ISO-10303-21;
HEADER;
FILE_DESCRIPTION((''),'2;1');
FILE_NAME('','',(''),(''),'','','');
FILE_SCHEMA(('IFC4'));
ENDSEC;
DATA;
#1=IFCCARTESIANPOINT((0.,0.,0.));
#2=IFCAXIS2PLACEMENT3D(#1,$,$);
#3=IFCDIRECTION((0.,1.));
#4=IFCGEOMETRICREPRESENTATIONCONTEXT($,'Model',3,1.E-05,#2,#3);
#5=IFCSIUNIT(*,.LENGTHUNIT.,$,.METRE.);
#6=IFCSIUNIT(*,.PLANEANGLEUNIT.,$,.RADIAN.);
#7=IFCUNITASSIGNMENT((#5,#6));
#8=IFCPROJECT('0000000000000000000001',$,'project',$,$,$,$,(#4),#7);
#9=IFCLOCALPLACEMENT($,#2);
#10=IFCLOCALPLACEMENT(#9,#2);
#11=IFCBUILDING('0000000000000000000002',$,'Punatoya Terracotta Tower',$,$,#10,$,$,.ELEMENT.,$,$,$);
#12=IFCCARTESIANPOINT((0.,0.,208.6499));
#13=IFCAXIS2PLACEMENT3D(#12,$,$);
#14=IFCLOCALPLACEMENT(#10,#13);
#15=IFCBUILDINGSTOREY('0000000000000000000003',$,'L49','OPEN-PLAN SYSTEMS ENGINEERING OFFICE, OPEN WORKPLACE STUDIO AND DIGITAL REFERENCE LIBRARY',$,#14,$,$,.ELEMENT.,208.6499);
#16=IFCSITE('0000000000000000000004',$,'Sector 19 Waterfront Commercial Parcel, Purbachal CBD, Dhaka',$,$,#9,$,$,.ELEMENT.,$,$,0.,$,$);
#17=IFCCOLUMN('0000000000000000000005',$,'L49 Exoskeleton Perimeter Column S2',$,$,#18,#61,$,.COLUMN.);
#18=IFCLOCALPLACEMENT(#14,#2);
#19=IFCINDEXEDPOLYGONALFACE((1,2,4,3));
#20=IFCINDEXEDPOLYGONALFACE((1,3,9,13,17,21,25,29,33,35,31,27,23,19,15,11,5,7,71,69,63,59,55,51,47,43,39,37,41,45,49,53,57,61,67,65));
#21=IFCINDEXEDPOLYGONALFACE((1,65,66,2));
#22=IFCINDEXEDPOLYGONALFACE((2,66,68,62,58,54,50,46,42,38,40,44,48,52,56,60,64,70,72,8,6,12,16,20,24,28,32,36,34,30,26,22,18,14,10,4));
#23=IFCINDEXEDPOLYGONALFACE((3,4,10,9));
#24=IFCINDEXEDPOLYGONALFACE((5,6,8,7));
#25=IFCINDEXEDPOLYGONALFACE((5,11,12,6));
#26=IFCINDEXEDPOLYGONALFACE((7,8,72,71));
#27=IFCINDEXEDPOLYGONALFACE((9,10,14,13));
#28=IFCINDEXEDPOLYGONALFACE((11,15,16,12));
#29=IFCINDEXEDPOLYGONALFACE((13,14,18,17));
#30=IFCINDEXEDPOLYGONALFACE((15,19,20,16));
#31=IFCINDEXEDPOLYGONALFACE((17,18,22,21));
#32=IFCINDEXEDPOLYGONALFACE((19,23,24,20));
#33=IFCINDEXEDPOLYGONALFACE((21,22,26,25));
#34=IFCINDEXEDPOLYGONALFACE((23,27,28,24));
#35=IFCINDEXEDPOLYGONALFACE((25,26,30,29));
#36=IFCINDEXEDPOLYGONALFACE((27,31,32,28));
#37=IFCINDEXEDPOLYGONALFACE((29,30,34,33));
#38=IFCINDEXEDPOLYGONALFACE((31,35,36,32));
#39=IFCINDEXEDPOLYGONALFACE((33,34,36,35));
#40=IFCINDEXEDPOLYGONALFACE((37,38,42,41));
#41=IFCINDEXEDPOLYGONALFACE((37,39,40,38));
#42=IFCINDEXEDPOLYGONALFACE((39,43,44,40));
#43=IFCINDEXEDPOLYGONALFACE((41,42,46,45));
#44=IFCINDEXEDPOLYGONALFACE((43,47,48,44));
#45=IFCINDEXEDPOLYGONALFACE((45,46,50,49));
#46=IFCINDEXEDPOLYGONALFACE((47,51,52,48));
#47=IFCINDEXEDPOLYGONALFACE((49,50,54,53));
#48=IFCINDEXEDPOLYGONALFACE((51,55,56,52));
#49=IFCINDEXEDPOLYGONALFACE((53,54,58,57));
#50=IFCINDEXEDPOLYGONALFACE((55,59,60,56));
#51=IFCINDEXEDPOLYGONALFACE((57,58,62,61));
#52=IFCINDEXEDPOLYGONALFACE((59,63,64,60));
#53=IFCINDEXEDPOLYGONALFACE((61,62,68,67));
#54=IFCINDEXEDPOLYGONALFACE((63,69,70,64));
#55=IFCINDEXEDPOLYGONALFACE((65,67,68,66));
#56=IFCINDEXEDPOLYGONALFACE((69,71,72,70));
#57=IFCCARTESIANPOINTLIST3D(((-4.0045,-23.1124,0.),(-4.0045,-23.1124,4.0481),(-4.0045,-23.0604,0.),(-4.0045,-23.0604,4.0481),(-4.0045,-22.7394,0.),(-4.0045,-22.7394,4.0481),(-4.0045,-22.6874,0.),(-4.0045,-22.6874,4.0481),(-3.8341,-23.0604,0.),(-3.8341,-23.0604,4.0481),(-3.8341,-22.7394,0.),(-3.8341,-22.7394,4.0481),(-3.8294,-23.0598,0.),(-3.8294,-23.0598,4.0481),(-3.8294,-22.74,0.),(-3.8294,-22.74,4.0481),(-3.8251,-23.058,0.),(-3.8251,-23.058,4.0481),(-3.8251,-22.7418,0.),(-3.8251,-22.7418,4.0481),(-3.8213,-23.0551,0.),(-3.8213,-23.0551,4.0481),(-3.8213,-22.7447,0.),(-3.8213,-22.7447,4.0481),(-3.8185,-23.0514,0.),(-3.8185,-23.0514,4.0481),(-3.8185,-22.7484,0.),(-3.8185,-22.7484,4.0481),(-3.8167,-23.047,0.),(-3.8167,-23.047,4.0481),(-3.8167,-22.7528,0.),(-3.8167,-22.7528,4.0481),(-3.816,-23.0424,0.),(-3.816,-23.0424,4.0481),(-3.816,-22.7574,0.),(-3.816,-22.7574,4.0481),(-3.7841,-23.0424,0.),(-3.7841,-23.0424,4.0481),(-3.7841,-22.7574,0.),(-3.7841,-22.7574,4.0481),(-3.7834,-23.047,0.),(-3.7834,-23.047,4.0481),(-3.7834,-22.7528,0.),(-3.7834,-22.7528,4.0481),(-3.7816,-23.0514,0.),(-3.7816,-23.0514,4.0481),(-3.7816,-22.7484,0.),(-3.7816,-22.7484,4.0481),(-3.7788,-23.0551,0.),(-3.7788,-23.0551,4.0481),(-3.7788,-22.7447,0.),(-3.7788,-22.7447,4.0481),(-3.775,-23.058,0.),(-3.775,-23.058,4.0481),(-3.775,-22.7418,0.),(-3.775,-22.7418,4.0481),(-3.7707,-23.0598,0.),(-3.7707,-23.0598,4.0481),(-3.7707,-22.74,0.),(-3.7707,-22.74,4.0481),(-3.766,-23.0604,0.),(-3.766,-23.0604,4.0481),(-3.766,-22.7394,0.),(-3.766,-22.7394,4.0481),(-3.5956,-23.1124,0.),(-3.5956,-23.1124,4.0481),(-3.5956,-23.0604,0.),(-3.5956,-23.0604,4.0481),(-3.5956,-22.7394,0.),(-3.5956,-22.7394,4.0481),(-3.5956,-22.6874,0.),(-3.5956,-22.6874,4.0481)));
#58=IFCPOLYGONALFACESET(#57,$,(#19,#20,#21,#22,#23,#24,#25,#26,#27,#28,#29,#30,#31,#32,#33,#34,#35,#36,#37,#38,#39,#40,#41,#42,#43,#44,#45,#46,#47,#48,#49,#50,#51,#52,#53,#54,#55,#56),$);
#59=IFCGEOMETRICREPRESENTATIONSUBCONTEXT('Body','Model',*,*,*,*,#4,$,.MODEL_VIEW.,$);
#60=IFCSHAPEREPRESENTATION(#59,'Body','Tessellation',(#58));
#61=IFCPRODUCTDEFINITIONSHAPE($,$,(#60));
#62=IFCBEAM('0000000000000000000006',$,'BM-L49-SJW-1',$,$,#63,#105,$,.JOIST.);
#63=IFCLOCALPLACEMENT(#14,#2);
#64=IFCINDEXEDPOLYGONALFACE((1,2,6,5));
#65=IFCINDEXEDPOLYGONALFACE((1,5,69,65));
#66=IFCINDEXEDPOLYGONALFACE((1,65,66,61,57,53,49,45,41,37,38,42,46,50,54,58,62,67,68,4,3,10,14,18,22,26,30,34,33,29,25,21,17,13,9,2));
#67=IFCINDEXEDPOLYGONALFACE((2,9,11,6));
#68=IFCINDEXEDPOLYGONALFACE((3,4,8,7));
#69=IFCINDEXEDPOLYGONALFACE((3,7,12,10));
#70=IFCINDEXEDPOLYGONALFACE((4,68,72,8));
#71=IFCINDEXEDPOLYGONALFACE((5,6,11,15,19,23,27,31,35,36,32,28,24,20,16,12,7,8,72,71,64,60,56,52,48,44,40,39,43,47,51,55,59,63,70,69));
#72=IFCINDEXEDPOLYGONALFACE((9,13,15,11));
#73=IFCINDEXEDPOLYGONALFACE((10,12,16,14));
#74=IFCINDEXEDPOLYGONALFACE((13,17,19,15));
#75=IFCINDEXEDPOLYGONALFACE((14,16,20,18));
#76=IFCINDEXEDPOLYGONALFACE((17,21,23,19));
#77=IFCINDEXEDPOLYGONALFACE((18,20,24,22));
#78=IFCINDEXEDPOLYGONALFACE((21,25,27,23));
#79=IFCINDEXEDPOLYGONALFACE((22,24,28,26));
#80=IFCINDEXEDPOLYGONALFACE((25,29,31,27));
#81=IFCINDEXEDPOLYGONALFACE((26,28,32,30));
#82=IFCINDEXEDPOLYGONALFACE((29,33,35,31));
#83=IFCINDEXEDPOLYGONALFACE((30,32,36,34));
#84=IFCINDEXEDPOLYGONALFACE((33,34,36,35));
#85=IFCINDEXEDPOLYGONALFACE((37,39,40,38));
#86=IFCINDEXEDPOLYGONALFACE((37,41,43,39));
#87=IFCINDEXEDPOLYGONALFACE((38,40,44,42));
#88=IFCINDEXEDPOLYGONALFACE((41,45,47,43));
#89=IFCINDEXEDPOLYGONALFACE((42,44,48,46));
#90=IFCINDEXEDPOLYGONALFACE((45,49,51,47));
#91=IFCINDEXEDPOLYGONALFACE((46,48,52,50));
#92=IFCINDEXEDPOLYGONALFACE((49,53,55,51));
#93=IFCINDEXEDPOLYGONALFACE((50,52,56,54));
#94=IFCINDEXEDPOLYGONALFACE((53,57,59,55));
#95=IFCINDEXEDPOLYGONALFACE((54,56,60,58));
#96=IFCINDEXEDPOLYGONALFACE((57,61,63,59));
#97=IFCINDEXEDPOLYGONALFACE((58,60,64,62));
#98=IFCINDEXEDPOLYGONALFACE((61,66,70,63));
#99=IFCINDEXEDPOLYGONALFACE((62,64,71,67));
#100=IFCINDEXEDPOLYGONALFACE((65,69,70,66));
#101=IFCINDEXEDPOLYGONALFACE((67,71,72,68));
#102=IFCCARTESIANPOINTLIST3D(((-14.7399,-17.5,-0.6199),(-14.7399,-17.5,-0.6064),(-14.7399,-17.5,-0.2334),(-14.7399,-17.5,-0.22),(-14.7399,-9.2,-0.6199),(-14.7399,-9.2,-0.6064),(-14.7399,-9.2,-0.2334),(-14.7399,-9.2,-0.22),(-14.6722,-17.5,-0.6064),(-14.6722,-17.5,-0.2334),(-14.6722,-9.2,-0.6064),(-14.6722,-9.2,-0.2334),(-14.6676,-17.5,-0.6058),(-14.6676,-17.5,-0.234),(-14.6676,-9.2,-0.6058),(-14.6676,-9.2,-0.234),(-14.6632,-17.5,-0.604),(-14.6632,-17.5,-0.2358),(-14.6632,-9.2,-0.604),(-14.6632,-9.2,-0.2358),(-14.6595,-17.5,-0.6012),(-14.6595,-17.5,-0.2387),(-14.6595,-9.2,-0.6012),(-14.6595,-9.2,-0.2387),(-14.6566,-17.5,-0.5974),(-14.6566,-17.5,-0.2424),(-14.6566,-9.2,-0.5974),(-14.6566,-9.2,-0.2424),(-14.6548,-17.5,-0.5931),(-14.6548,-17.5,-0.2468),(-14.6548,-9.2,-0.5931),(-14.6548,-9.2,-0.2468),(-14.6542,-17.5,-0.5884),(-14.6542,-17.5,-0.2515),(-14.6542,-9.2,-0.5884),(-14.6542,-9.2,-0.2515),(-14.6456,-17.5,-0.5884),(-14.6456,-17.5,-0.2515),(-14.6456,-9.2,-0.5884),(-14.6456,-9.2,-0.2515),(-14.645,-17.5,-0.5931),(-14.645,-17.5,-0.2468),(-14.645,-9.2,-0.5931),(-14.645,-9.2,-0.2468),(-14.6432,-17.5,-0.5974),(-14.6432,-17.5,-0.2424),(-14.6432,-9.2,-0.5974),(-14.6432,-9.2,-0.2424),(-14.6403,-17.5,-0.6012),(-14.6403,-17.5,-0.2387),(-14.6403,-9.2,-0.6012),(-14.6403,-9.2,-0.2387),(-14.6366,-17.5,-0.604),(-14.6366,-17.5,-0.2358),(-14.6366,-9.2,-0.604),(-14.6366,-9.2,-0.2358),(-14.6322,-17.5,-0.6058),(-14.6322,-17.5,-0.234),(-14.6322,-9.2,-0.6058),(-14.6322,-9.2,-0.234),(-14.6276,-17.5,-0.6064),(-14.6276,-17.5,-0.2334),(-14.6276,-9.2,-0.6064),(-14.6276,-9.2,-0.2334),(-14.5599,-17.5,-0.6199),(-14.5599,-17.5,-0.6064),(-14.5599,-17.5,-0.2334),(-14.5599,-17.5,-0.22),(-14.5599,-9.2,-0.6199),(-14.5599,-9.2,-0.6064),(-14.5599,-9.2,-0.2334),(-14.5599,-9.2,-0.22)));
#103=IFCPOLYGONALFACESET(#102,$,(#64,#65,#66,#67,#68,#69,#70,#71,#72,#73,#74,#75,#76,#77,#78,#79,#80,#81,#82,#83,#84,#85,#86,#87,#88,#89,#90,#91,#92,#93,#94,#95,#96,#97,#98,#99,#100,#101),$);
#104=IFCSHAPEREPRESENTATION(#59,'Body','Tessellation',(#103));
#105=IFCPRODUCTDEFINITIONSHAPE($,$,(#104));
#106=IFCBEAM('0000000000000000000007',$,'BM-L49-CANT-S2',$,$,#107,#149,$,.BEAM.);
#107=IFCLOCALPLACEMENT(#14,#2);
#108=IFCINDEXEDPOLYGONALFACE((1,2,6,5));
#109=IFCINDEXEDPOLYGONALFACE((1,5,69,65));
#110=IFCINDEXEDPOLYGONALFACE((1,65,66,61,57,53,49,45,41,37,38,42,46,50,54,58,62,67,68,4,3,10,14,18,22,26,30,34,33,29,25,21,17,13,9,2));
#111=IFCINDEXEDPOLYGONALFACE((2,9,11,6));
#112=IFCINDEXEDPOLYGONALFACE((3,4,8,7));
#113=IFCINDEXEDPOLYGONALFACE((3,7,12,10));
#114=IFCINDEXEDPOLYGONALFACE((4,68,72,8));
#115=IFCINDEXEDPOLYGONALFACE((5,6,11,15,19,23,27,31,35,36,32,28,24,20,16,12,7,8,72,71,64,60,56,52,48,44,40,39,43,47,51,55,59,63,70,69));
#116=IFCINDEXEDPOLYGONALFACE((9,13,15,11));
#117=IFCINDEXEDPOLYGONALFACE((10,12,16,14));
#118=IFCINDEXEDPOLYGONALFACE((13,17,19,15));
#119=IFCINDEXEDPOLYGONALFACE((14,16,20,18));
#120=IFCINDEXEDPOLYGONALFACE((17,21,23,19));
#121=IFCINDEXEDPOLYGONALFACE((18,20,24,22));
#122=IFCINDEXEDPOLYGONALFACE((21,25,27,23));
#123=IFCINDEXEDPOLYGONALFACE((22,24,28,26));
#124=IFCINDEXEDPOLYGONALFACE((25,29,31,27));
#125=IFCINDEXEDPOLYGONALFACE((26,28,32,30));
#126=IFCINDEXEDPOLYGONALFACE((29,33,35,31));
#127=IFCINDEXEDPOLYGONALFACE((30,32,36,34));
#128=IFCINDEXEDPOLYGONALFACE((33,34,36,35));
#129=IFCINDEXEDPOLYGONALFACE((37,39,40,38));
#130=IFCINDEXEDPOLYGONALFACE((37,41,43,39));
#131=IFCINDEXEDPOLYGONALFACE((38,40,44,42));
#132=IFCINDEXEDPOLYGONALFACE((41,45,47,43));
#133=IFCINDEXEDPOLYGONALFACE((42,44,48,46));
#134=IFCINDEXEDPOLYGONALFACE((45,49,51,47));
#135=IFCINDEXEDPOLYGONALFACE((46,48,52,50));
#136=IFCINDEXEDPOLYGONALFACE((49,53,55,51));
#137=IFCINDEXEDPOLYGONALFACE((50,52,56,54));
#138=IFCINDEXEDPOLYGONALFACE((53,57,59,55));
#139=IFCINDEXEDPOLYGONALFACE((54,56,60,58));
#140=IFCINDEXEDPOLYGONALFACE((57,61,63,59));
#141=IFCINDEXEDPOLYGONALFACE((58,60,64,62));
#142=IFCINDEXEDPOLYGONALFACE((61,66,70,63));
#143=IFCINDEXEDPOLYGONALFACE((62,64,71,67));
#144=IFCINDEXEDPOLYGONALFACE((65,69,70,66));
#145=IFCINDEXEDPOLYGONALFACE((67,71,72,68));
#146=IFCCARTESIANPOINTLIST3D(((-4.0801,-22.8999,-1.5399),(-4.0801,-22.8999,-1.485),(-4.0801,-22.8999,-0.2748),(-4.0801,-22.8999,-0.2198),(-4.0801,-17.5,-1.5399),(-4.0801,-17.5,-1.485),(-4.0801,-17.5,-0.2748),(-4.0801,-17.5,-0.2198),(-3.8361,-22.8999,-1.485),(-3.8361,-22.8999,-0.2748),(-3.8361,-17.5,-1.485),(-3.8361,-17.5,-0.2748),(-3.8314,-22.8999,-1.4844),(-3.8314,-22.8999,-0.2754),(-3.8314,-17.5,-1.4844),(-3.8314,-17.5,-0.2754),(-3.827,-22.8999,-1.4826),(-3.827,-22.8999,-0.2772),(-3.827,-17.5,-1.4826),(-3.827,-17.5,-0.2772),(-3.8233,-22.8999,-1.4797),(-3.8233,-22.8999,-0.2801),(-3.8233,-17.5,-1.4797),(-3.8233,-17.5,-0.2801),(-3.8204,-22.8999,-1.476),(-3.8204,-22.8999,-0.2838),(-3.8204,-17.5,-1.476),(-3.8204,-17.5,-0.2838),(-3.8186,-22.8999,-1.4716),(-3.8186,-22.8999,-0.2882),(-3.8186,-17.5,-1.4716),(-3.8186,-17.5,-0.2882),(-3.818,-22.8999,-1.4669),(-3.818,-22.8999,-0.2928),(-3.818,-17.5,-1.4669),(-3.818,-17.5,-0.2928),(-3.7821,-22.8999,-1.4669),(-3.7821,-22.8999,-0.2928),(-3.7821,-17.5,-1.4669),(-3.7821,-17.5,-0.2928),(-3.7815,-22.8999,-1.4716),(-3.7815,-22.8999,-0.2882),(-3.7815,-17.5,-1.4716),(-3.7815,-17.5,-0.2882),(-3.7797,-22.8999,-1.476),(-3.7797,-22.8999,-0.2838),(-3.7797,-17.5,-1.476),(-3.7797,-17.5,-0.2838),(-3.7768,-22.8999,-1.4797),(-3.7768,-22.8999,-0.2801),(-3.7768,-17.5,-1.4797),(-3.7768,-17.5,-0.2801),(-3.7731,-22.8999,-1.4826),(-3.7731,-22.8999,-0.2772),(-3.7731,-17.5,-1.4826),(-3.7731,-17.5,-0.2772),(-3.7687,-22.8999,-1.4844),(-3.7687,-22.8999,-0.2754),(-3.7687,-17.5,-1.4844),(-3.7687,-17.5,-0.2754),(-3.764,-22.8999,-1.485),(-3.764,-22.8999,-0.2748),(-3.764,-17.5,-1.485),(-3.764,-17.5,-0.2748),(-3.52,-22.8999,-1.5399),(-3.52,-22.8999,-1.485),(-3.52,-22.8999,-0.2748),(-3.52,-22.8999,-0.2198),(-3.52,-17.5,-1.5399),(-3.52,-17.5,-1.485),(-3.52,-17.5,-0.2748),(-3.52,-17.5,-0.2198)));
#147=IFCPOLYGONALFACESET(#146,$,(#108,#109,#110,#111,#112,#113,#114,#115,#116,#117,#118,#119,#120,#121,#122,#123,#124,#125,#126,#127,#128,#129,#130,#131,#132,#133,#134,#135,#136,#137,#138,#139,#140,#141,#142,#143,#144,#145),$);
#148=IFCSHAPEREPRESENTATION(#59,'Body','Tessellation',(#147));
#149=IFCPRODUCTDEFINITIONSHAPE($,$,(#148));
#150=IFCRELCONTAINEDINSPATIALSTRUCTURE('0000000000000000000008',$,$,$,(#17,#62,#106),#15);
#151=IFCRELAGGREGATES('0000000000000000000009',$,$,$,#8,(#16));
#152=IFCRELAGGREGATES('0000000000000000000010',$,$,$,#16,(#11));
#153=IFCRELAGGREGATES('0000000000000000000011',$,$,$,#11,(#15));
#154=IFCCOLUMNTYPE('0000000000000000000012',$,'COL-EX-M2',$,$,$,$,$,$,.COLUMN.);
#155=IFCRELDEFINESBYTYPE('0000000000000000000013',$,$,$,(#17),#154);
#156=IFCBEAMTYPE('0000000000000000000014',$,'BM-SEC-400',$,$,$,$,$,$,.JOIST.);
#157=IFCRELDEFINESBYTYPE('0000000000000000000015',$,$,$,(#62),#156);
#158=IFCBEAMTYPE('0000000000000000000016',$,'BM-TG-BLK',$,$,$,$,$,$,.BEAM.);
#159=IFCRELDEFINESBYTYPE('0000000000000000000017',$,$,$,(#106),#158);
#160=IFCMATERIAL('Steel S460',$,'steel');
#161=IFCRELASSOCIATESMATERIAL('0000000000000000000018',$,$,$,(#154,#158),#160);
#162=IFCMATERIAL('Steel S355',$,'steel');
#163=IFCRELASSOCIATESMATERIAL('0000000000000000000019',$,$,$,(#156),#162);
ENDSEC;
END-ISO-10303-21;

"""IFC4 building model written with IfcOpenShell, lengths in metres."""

from ifc_helpers import new_model, si_unit, direction, frame, origin, origin_2d, place, context, subcontext, project, spatial, i_section, extrude, material, material_profile, profile_set, type_object, element, save


model = new_model("IFC4")

# Units and contexts
model_context = context("Model", 3, precision=1e-05, world=origin(), true_north=direction((0.0, 1.0)))
body_context = subcontext(model_context, "Body", "Model", "MODEL_VIEW")
ifc_project = project(units=[si_unit("LENGTHUNIT", "METRE"), si_unit("PLANEANGLEUNIT", "RADIAN")], contexts=[model_context])

# Site, building, storey
site_placement = place(None, origin())
site = spatial("IfcSite", under=ifc_project, at=site_placement, Name="Sector 19 Waterfront Commercial Parcel, Purbachal CBD, Dhaka", CompositionType="ELEMENT", RefElevation=0.0)
building_placement = place(site_placement, origin())
building = spatial("IfcBuilding", under=site, at=building_placement, Name="Punatoya Terracotta Tower", CompositionType="ELEMENT")
storey_placement = place(building_placement, frame((0.0, 0.0, 208.6499)))
storey = spatial("IfcBuildingStorey", under=building, at=storey_placement, Name="L49", Description="OPEN-PLAN SYSTEMS ENGINEERING OFFICE, OPEN WORKPLACE STUDIO AND DIGITAL REFERENCE LIBRARY", CompositionType="ELEMENT", Elevation=208.6499)

# Column
ifc_material_1 = material(Name="Steel S460", Category="steel")
ifc_material_profile_1 = material_profile(ifc_material_1, i_section(OverallWidth=0.4089, OverallDepth=0.425, WebThickness=0.032, FlangeThickness=0.052, FilletRadius=0.0181, at=origin_2d()))
ifc_profile_set_1 = profile_set([ifc_material_profile_1], Name="Steel S460")
column_type = type_object("IfcColumnType", Name="COL-EX-M2", PredefinedType="COLUMN", material=ifc_profile_set_1)
column_placement = place(storey_placement, frame((-3.8, -22.8999, 0.0), z_axis=(0.0, 0.0, 1.0), x_axis=(1.0, 0.0, 0.0)))
element("IfcColumn", 1, at=column_placement, inside=storey, type_object=column_type, Name="L49 Exoskeleton Perimeter Column S2", PredefinedType="COLUMN", context=body_context, shape_type="SweptSolid", body=[
    extrude(i_section(OverallWidth=0.4089, OverallDepth=0.425, WebThickness=0.032, FlangeThickness=0.052, FilletRadius=0.0181, at=origin_2d()), origin(), (0.0, 0.0, 1.0), 4.0481),
])

# Beams
ifc_material_2 = material(Name="Steel S355", Category="steel")
ifc_material_profile_2 = material_profile(ifc_material_2, i_section(OverallWidth=0.1799, OverallDepth=0.3999, WebThickness=0.0085, FlangeThickness=0.0134, FilletRadius=0.0181, at=origin_2d()))
ifc_profile_set_2 = profile_set([ifc_material_profile_2], Name="Steel S355")
beam_type_1 = type_object("IfcBeamType", Name="BM-SEC-400", PredefinedType="JOIST", material=ifc_profile_set_2)
beam_1_placement = place(storey_placement, frame((-14.6499, -17.5, -0.4199), z_axis=(0.0, 1.0, 0.0), x_axis=(-1.0, 0.0, 0.0)))
element("IfcBeam", 2, at=beam_1_placement, inside=storey, type_object=beam_type_1, Name="BM-L49-SJW-1", PredefinedType="JOIST", context=body_context, shape_type="SweptSolid", body=[
    extrude(i_section(OverallWidth=0.1799, OverallDepth=0.3999, WebThickness=0.0085, FlangeThickness=0.0134, FilletRadius=0.0181, at=origin_2d()), origin(), (0.0, 0.0, 1.0), 8.3),
])
ifc_material_profile_3 = material_profile(ifc_material_1, i_section(OverallWidth=0.5601, OverallDepth=1.3201, WebThickness=0.0359, FlangeThickness=0.0549, FilletRadius=0.0181, at=origin_2d()))
ifc_profile_set_3 = profile_set([ifc_material_profile_3], Name="Steel S460")
beam_type_2 = type_object("IfcBeamType", Name="BM-TG-BLK", PredefinedType="BEAM", material=ifc_profile_set_3)
beam_2_placement = place(storey_placement, frame((-3.8, -22.8999, -0.8799), z_axis=(0.0, 1.0, 0.0), x_axis=(-1.0, 0.0, 0.0)))
element("IfcBeam", 3, at=beam_2_placement, inside=storey, type_object=beam_type_2, Name="BM-L49-CANT-S2", PredefinedType="BEAM", context=body_context, shape_type="SweptSolid", body=[
    extrude(i_section(OverallWidth=0.5601, OverallDepth=1.3201, WebThickness=0.0359, FlangeThickness=0.0549, FilletRadius=0.0181, at=origin_2d()), origin(), (0.0, 0.0, 1.0), 5.3999),
])

save(model, "model.ifc")
